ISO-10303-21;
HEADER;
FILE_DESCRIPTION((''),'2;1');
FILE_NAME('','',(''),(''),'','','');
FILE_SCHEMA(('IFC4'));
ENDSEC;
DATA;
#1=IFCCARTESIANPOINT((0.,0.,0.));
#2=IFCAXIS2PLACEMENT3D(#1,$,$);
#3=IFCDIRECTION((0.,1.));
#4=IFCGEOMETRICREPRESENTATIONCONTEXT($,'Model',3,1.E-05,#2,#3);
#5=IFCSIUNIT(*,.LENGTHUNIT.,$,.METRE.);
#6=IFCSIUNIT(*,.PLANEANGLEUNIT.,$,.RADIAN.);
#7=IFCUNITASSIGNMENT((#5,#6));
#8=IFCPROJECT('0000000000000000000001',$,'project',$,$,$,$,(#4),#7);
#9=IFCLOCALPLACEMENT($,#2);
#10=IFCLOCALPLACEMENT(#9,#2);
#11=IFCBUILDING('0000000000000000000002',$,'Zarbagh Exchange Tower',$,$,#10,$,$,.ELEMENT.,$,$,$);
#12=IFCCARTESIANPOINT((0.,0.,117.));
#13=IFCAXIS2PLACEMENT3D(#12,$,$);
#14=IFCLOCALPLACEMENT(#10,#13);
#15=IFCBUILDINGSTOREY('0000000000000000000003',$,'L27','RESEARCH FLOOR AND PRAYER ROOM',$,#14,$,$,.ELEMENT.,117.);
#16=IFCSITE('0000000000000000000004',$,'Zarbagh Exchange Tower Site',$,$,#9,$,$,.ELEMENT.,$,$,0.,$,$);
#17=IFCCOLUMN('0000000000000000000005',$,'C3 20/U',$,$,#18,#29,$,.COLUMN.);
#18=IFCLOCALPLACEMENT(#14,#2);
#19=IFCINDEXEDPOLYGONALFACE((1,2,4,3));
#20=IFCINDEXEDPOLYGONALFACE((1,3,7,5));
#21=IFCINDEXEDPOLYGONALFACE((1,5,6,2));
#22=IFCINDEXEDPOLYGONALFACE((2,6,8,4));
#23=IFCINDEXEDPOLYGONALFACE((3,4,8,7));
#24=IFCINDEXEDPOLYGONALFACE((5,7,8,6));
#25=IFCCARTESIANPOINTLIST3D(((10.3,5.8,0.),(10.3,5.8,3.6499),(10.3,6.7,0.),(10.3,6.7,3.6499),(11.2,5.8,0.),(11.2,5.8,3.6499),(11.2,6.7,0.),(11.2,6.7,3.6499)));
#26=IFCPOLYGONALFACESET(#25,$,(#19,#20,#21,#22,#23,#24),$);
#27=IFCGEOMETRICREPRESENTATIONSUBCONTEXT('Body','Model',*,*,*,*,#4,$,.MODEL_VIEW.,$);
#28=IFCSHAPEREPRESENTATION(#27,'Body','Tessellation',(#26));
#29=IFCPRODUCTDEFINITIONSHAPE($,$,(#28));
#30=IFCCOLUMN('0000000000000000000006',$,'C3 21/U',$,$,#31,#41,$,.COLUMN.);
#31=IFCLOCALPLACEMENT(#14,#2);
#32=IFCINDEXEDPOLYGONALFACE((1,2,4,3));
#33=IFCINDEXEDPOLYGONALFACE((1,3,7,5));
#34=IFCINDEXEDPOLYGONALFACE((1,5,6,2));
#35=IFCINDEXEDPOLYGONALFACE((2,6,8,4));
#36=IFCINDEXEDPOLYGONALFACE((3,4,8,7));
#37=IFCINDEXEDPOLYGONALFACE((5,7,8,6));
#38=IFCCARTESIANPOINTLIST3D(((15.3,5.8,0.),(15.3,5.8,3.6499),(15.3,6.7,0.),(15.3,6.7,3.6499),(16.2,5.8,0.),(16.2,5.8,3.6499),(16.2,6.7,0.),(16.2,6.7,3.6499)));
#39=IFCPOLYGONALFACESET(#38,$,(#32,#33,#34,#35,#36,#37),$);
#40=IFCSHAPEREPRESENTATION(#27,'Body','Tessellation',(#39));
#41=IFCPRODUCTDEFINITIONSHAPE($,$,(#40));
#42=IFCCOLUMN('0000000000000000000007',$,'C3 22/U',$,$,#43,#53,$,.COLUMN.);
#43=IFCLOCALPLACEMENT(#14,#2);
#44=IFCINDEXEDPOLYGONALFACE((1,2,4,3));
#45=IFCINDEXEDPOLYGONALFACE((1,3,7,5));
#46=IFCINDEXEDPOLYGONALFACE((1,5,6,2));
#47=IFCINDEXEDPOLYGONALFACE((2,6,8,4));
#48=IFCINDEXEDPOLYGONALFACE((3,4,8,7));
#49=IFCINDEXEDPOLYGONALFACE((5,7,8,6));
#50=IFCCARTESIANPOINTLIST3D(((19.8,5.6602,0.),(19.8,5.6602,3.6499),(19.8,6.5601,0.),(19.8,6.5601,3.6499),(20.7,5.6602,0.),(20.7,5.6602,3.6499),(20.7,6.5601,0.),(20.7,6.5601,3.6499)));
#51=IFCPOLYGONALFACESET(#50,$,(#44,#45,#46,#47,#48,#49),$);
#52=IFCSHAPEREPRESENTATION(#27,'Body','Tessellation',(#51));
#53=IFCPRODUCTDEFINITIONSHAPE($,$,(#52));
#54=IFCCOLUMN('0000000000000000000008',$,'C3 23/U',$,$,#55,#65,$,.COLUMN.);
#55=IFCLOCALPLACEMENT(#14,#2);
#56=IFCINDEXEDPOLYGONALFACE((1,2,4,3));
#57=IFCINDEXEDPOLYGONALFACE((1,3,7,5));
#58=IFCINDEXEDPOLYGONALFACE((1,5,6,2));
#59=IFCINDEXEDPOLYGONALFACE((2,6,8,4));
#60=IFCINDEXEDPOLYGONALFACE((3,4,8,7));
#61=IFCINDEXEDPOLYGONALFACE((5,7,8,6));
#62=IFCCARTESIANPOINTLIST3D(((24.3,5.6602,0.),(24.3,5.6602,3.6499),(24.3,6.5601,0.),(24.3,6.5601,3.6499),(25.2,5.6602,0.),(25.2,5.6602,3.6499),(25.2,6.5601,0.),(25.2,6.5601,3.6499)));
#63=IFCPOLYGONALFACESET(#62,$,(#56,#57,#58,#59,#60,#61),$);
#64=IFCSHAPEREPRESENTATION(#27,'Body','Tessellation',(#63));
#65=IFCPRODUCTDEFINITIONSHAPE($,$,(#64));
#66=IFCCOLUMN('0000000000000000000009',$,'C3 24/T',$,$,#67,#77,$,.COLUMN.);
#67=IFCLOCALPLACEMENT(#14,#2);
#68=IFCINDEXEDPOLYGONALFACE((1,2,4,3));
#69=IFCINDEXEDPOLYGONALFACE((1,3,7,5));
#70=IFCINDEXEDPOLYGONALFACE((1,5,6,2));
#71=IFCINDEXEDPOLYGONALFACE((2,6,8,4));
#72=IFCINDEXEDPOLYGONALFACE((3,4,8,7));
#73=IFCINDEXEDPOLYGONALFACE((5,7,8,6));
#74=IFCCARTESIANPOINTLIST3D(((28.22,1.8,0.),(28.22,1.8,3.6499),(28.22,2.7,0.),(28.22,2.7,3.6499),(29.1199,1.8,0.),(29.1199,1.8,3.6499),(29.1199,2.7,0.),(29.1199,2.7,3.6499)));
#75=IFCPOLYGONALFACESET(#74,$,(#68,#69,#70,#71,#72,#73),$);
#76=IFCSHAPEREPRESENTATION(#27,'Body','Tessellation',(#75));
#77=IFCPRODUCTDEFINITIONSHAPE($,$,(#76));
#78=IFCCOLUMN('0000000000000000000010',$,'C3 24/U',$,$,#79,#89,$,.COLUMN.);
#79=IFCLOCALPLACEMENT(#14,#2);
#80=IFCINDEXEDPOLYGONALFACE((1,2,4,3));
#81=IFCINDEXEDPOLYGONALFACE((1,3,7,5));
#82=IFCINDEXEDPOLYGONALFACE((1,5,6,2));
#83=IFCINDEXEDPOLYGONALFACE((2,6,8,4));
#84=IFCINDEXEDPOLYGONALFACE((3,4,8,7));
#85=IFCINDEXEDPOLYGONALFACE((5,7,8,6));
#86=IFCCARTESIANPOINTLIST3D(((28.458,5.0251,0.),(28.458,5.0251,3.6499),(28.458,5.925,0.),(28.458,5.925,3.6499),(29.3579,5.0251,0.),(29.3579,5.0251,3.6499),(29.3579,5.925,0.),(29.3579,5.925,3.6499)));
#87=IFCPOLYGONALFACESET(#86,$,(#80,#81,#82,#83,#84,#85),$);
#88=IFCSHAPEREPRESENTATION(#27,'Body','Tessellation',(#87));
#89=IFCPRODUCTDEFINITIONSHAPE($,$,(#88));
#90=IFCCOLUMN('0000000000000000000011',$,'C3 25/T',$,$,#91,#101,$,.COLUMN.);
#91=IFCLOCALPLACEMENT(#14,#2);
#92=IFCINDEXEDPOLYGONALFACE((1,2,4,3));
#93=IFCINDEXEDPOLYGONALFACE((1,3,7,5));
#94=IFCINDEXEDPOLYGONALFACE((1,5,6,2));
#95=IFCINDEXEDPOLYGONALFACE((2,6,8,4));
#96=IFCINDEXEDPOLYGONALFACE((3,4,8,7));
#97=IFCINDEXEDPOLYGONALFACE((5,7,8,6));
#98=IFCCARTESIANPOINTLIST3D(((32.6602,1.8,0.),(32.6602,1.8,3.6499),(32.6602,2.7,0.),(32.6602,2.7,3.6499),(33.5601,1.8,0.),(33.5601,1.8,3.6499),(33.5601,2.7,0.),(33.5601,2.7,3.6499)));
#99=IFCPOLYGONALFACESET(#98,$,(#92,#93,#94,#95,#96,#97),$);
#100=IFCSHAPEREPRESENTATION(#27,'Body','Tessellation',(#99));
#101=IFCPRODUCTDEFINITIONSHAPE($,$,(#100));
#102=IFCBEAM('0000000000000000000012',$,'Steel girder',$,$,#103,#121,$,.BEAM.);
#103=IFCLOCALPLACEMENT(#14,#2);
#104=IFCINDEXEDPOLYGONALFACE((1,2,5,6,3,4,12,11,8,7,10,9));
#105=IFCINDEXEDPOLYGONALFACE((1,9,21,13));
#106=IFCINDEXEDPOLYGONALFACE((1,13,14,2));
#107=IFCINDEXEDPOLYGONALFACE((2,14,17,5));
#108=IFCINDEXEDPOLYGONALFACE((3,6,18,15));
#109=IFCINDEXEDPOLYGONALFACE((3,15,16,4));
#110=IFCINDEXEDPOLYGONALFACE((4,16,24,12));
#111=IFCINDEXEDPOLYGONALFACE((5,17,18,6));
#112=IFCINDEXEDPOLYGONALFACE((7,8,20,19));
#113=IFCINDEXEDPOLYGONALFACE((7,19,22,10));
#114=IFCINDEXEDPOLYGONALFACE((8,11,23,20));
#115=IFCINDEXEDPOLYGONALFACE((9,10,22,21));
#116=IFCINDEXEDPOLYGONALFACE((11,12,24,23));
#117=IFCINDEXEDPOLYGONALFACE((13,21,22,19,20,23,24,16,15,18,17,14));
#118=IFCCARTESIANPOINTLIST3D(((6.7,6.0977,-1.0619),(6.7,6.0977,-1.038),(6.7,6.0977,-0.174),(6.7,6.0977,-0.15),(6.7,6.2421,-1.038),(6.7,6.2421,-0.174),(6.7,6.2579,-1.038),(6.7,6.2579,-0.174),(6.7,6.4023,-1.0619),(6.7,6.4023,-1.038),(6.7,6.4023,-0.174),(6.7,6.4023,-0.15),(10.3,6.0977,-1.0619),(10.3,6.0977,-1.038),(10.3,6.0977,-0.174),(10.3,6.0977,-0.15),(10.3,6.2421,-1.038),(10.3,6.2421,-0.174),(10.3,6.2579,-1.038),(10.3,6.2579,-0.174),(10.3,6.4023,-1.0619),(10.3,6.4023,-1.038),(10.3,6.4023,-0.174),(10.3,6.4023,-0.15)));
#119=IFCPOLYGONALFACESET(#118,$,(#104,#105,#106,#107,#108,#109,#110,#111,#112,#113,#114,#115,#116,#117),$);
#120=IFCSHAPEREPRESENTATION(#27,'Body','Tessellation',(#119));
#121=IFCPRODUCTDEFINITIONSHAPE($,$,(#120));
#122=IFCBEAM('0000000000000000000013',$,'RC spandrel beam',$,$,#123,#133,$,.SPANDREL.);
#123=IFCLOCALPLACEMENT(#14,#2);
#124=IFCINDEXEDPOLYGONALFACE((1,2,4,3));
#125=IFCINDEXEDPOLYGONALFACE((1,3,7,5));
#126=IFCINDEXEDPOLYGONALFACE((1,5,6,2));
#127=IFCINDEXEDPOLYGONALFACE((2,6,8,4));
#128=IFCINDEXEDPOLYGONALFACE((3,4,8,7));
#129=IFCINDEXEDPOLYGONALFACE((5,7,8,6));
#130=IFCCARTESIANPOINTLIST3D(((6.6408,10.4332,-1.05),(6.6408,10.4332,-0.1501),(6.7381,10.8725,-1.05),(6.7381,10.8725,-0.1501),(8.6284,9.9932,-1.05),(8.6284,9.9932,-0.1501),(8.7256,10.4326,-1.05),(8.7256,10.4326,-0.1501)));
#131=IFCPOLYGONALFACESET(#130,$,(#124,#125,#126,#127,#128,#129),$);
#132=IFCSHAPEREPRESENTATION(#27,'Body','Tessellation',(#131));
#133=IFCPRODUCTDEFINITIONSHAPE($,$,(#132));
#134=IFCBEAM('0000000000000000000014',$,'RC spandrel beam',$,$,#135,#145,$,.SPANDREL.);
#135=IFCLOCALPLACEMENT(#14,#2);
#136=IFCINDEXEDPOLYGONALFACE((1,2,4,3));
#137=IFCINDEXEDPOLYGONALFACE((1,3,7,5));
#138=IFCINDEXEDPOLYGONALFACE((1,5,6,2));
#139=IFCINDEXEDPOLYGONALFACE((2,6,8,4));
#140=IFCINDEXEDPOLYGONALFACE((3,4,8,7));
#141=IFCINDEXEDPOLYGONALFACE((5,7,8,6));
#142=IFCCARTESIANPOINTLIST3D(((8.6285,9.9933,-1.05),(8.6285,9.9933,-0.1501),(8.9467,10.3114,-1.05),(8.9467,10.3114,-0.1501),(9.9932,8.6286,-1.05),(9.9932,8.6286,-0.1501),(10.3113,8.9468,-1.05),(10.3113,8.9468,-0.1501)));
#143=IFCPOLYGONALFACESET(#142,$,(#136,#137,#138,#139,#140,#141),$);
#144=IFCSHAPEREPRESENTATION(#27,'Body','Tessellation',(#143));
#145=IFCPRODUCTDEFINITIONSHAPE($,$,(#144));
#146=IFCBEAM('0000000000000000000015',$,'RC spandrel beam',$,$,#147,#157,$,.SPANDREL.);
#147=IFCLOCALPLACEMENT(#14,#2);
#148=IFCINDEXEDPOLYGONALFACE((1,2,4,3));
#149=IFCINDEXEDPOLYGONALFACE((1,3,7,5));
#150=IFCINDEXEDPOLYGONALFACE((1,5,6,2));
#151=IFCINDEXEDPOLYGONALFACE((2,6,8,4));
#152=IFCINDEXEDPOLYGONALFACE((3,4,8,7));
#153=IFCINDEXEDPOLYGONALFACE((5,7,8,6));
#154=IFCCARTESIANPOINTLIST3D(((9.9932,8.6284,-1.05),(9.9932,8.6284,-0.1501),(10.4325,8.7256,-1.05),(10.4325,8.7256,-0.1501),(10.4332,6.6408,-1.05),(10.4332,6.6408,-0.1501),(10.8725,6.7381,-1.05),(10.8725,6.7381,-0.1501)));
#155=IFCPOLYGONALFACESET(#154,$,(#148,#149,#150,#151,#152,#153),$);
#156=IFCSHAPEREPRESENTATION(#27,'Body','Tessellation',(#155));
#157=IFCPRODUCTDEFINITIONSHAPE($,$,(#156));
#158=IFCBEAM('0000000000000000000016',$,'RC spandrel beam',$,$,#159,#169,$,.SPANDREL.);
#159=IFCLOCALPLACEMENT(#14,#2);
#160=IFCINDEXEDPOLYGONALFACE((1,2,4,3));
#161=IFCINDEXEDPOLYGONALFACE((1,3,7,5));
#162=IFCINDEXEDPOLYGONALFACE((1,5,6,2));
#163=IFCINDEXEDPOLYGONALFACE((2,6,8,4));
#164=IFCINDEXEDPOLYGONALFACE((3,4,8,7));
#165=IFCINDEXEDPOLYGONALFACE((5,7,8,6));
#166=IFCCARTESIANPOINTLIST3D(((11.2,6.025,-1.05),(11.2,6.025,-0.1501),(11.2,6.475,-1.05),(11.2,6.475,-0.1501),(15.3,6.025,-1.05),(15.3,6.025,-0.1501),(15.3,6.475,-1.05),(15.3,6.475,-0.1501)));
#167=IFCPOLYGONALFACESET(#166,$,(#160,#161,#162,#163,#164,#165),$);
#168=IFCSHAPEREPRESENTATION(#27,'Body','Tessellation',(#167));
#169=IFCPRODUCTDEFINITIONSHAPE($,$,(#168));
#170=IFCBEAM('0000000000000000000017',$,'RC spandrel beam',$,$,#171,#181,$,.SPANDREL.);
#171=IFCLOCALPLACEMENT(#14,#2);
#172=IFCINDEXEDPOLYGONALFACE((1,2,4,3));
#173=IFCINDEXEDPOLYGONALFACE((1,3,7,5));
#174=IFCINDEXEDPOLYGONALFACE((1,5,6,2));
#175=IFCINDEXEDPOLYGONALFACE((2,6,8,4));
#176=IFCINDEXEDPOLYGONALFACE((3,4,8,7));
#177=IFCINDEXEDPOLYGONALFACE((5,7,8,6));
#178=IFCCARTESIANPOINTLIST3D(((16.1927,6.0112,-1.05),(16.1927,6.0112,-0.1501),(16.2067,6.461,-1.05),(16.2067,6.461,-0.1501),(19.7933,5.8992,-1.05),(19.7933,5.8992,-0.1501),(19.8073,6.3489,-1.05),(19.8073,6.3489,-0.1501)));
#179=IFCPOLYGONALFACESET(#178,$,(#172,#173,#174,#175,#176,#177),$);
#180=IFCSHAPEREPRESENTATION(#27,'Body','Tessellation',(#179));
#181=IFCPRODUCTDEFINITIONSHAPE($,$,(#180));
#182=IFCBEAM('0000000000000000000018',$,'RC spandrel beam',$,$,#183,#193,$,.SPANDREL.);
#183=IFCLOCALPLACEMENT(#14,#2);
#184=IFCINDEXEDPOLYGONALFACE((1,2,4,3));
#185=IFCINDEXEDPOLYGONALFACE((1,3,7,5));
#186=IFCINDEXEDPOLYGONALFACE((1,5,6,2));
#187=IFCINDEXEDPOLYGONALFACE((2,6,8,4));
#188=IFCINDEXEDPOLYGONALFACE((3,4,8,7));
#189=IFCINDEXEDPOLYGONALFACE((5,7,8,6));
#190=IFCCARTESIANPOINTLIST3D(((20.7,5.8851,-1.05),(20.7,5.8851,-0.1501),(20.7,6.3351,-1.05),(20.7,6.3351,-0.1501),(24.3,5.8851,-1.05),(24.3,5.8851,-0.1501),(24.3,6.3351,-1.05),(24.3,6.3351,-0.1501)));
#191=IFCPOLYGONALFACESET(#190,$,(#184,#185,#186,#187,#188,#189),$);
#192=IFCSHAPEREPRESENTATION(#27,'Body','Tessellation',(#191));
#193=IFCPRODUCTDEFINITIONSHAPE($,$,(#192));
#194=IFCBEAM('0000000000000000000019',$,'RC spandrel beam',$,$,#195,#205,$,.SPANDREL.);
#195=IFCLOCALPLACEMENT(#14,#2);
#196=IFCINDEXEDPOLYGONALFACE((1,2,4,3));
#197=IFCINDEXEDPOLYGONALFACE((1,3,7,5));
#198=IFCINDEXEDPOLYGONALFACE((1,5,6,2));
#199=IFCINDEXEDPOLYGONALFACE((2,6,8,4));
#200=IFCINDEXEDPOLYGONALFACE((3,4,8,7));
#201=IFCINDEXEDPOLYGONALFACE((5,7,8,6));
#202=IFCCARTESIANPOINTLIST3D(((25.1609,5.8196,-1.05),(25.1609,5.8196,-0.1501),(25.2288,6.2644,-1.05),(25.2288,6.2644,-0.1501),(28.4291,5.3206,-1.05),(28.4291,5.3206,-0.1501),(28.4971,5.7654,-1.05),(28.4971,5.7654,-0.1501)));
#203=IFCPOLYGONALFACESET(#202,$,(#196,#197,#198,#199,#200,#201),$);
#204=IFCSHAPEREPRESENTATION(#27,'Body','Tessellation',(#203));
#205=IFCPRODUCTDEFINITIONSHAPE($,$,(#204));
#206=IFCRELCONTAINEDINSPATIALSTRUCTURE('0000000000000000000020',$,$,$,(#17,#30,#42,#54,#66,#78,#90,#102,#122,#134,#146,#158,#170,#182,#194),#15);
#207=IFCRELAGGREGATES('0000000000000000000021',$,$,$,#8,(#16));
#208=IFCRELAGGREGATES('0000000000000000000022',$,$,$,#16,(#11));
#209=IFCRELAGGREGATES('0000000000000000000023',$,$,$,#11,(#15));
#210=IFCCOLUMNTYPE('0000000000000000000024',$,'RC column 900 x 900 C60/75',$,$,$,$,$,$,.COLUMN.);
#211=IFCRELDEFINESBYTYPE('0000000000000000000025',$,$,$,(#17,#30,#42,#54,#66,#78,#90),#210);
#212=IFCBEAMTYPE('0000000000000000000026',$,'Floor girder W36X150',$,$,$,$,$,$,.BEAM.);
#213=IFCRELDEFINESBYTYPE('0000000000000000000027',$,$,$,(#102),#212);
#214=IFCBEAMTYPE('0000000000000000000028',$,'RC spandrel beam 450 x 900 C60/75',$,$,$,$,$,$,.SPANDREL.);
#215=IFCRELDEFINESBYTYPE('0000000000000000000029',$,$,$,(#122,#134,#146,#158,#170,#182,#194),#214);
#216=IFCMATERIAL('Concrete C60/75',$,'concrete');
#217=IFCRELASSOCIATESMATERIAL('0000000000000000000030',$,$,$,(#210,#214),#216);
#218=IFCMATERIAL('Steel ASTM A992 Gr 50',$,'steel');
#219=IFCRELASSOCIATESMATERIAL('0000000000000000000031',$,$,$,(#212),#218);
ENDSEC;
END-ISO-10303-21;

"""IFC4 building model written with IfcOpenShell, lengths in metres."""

from ifc_helpers import new_model, si_unit, direction, frame, origin, origin_2d, place, context, subcontext, project, spatial, rectangle, i_section, extrude, material, material_profile, profile_set, type_object, element, save


model = new_model("IFC4")

# Units and contexts
model_context = context("Model", 3, precision=1e-05, world=origin(), true_north=direction((0.0, 1.0)))
body_context = subcontext(model_context, "Body", "Model", "MODEL_VIEW")
ifc_project = project(units=[si_unit("LENGTHUNIT", "METRE"), si_unit("PLANEANGLEUNIT", "RADIAN")], contexts=[model_context])

# Site, building, storey
site_placement = place(None, origin())
site = spatial("IfcSite", under=ifc_project, at=site_placement, Name="Zarbagh Exchange Tower Site", CompositionType="ELEMENT", RefElevation=0.0)
building_placement = place(site_placement, origin())
building = spatial("IfcBuilding", under=site, at=building_placement, Name="Zarbagh Exchange Tower", CompositionType="ELEMENT")
storey_placement = place(building_placement, frame((0.0, 0.0, 117.0)))
storey = spatial("IfcBuildingStorey", under=building, at=storey_placement, Name="L27", Description="RESEARCH FLOOR AND PRAYER ROOM", CompositionType="ELEMENT", Elevation=117.0)

# Columns
ifc_material_1 = material(Name="Concrete C60/75", Category="concrete")
ifc_material_profile_1 = material_profile(ifc_material_1, rectangle(XDim=0.8999, YDim=0.8999, at=origin_2d()), Name="RC column 900 x 900 C60/75")
ifc_profile_set_1 = profile_set([ifc_material_profile_1], Name="Concrete C60/75")
column_type = type_object("IfcColumnType", Name="RC column 900 x 900 C60/75", PredefinedType="COLUMN", material=ifc_profile_set_1)
for number, where, z_axis, x_axis, name in (
    (1, (10.75, 6.25, 0.0), (0.0, 0.0, 1.0), (1.0, 0.0, 0.0), "C3 20/U"),
    (2, (15.75, 6.25, 0.0), (0.0, 0.0, 1.0), (1.0, 0.0, 0.0), "C3 21/U"),
    (3, (20.25, 6.1101, 0.0), (0.0, 0.0, 1.0), (1.0, 0.0, 0.0), "C3 22/U"),
    (4, (24.75, 6.1101, 0.0), (0.0, 0.0, 1.0), (1.0, 0.0, 0.0), "C3 23/U"),
    (5, (28.6699, 2.25, 0.0), (0.0, 0.0, 1.0), (1.0, 0.0, 0.0), "C3 24/T"),
    (6, (28.908, 5.4751, 0.0), (0.0, 0.0, 1.0), (1.0, 0.0, 0.0), "C3 24/U"),
    (7, (33.1101, 2.25, 0.0), (0.0, 0.0, 1.0), (1.0, 0.0, 0.0), "C3 25/T"),
):
    element("IfcColumn", number, at=place(storey_placement, frame(where, z_axis=z_axis, x_axis=x_axis)), inside=storey, type_object=column_type, Name=name, PredefinedType="COLUMN", context=body_context, shape_type="SweptSolid", body=[
        extrude(rectangle(XDim=0.8999, YDim=0.8999, at=origin_2d()), origin(), (0.0, 0.0, 1.0), 3.6499),
    ])

# Beams
ifc_material_2 = material(Name="Steel ASTM A992 Gr 50", Category="steel")
ifc_material_profile_2 = material_profile(ifc_material_2, i_section(OverallWidth=0.3047, OverallDepth=0.9119, WebThickness=0.0159, FlangeThickness=0.0239, at=origin_2d()), Name="W36X150")
ifc_profile_set_2 = profile_set([ifc_material_profile_2], Name="Steel ASTM A992 Gr 50")
beam_type_1 = type_object("IfcBeamType", Name="Floor girder W36X150", PredefinedType="BEAM", material=ifc_profile_set_2)
beam_1_placement = place(storey_placement, frame((6.7, 6.25, -0.606), z_axis=(1.0, 0.0, 0.0), x_axis=(0.0, 1.0, 0.0)))
element("IfcBeam", 8, at=beam_1_placement, inside=storey, type_object=beam_type_1, Name="Steel girder", PredefinedType="BEAM", context=body_context, shape_type="SweptSolid", body=[
    extrude(i_section(OverallWidth=0.3047, OverallDepth=0.9119, WebThickness=0.0159, FlangeThickness=0.0239, at=origin_2d()), origin(), (0.0, 0.0, 1.0), 3.6001),
])
ifc_material_profile_3 = material_profile(ifc_material_1, rectangle(XDim=0.45, YDim=0.8999, at=origin_2d()), Name="RC spandrel beam 450 x 900 C60/75")
ifc_profile_set_3 = profile_set([ifc_material_profile_3], Name="Concrete C60/75")
beam_type_2 = type_object("IfcBeamType", Name="RC spandrel beam 450 x 900 C60/75", PredefinedType="SPANDREL", material=ifc_profile_set_3)
beam_2_placement = place(storey_placement, frame((6.6895, 10.6528, -0.6001), z_axis=(0.976367, -0.216118, 0.0), x_axis=(0.216118, 0.976367, 0.0)))
element("IfcBeam", 9, at=beam_2_placement, inside=storey, type_object=beam_type_2, Name="RC spandrel beam", PredefinedType="SPANDREL", context=body_context, shape_type="SweptSolid", body=[
    extrude(rectangle(XDim=0.45, YDim=0.8999, at=origin_2d()), origin(), (0.0, 0.0, 1.0), 2.0356),
])
beam_3_placement = place(storey_placement, frame((8.7876, 10.1523, -0.6001), z_axis=(0.707107, -0.707107, 0.0), x_axis=(0.707107, 0.707107, 0.0)))
element("IfcBeam", 10, at=beam_3_placement, inside=storey, type_object=beam_type_2, Name="RC spandrel beam", PredefinedType="SPANDREL", context=body_context, shape_type="SweptSolid", body=[
    extrude(rectangle(XDim=0.45, YDim=0.8999, at=origin_2d()), origin(), (0.0, 0.0, 1.0), 1.9299),
])
beam_4_placement = place(storey_placement, frame((10.2129, 8.677, -0.6001), z_axis=(0.216118, -0.976367, 0.0), x_axis=(0.976367, 0.216118, 0.0)))
element("IfcBeam", 11, at=beam_4_placement, inside=storey, type_object=beam_type_2, Name="RC spandrel beam", PredefinedType="SPANDREL", context=body_context, shape_type="SweptSolid", body=[
    extrude(rectangle(XDim=0.45, YDim=0.8999, at=origin_2d()), origin(), (0.0, 0.0, 1.0), 2.0356),
])
beam_5_placement = place(storey_placement, frame((11.2, 6.25, -0.6001), z_axis=(1.0, 0.0, 0.0), x_axis=(0.0, 1.0, 0.0)))
element("IfcBeam", 12, at=beam_5_placement, inside=storey, type_object=beam_type_2, Name="RC spandrel beam", PredefinedType="SPANDREL", context=body_context, shape_type="SweptSolid", body=[
    extrude(rectangle(XDim=0.45, YDim=0.8999, at=origin_2d()), origin(), (0.0, 0.0, 1.0), 4.1001),
])
beam_6_placement = place(storey_placement, frame((16.1997, 6.2361, -0.6001), z_axis=(0.999516, -0.031108, 0.0), x_axis=(0.031108, 0.999516, 0.0)))
element("IfcBeam", 13, at=beam_6_placement, inside=storey, type_object=beam_type_2, Name="RC spandrel beam", PredefinedType="SPANDREL", context=body_context, shape_type="SweptSolid", body=[
    extrude(rectangle(XDim=0.45, YDim=0.8999, at=origin_2d()), origin(), (0.0, 0.0, 1.0), 3.6023),
])
beam_7_placement = place(storey_placement, frame((20.7, 6.1101, -0.6001), z_axis=(1.0, 0.0, 0.0), x_axis=(0.0, 1.0, 0.0)))
element("IfcBeam", 14, at=beam_7_placement, inside=storey, type_object=beam_type_2, Name="RC spandrel beam", PredefinedType="SPANDREL", context=body_context, shape_type="SweptSolid", body=[
    extrude(rectangle(XDim=0.45, YDim=0.8999, at=origin_2d()), origin(), (0.0, 0.0, 1.0), 3.6001),
])
beam_8_placement = place(storey_placement, frame((25.1948, 6.042, -0.6001), z_axis=(0.988544, -0.150936, 0.0), x_axis=(0.150936, 0.988544, 0.0)))
element("IfcBeam", 15, at=beam_8_placement, inside=storey, type_object=beam_type_2, Name="RC spandrel beam", PredefinedType="SPANDREL", context=body_context, shape_type="SweptSolid", body=[
    extrude(rectangle(XDim=0.45, YDim=0.8999, at=origin_2d()), origin(), (0.0, 0.0, 1.0), 3.3062),
])

save(model, "model.ifc")
